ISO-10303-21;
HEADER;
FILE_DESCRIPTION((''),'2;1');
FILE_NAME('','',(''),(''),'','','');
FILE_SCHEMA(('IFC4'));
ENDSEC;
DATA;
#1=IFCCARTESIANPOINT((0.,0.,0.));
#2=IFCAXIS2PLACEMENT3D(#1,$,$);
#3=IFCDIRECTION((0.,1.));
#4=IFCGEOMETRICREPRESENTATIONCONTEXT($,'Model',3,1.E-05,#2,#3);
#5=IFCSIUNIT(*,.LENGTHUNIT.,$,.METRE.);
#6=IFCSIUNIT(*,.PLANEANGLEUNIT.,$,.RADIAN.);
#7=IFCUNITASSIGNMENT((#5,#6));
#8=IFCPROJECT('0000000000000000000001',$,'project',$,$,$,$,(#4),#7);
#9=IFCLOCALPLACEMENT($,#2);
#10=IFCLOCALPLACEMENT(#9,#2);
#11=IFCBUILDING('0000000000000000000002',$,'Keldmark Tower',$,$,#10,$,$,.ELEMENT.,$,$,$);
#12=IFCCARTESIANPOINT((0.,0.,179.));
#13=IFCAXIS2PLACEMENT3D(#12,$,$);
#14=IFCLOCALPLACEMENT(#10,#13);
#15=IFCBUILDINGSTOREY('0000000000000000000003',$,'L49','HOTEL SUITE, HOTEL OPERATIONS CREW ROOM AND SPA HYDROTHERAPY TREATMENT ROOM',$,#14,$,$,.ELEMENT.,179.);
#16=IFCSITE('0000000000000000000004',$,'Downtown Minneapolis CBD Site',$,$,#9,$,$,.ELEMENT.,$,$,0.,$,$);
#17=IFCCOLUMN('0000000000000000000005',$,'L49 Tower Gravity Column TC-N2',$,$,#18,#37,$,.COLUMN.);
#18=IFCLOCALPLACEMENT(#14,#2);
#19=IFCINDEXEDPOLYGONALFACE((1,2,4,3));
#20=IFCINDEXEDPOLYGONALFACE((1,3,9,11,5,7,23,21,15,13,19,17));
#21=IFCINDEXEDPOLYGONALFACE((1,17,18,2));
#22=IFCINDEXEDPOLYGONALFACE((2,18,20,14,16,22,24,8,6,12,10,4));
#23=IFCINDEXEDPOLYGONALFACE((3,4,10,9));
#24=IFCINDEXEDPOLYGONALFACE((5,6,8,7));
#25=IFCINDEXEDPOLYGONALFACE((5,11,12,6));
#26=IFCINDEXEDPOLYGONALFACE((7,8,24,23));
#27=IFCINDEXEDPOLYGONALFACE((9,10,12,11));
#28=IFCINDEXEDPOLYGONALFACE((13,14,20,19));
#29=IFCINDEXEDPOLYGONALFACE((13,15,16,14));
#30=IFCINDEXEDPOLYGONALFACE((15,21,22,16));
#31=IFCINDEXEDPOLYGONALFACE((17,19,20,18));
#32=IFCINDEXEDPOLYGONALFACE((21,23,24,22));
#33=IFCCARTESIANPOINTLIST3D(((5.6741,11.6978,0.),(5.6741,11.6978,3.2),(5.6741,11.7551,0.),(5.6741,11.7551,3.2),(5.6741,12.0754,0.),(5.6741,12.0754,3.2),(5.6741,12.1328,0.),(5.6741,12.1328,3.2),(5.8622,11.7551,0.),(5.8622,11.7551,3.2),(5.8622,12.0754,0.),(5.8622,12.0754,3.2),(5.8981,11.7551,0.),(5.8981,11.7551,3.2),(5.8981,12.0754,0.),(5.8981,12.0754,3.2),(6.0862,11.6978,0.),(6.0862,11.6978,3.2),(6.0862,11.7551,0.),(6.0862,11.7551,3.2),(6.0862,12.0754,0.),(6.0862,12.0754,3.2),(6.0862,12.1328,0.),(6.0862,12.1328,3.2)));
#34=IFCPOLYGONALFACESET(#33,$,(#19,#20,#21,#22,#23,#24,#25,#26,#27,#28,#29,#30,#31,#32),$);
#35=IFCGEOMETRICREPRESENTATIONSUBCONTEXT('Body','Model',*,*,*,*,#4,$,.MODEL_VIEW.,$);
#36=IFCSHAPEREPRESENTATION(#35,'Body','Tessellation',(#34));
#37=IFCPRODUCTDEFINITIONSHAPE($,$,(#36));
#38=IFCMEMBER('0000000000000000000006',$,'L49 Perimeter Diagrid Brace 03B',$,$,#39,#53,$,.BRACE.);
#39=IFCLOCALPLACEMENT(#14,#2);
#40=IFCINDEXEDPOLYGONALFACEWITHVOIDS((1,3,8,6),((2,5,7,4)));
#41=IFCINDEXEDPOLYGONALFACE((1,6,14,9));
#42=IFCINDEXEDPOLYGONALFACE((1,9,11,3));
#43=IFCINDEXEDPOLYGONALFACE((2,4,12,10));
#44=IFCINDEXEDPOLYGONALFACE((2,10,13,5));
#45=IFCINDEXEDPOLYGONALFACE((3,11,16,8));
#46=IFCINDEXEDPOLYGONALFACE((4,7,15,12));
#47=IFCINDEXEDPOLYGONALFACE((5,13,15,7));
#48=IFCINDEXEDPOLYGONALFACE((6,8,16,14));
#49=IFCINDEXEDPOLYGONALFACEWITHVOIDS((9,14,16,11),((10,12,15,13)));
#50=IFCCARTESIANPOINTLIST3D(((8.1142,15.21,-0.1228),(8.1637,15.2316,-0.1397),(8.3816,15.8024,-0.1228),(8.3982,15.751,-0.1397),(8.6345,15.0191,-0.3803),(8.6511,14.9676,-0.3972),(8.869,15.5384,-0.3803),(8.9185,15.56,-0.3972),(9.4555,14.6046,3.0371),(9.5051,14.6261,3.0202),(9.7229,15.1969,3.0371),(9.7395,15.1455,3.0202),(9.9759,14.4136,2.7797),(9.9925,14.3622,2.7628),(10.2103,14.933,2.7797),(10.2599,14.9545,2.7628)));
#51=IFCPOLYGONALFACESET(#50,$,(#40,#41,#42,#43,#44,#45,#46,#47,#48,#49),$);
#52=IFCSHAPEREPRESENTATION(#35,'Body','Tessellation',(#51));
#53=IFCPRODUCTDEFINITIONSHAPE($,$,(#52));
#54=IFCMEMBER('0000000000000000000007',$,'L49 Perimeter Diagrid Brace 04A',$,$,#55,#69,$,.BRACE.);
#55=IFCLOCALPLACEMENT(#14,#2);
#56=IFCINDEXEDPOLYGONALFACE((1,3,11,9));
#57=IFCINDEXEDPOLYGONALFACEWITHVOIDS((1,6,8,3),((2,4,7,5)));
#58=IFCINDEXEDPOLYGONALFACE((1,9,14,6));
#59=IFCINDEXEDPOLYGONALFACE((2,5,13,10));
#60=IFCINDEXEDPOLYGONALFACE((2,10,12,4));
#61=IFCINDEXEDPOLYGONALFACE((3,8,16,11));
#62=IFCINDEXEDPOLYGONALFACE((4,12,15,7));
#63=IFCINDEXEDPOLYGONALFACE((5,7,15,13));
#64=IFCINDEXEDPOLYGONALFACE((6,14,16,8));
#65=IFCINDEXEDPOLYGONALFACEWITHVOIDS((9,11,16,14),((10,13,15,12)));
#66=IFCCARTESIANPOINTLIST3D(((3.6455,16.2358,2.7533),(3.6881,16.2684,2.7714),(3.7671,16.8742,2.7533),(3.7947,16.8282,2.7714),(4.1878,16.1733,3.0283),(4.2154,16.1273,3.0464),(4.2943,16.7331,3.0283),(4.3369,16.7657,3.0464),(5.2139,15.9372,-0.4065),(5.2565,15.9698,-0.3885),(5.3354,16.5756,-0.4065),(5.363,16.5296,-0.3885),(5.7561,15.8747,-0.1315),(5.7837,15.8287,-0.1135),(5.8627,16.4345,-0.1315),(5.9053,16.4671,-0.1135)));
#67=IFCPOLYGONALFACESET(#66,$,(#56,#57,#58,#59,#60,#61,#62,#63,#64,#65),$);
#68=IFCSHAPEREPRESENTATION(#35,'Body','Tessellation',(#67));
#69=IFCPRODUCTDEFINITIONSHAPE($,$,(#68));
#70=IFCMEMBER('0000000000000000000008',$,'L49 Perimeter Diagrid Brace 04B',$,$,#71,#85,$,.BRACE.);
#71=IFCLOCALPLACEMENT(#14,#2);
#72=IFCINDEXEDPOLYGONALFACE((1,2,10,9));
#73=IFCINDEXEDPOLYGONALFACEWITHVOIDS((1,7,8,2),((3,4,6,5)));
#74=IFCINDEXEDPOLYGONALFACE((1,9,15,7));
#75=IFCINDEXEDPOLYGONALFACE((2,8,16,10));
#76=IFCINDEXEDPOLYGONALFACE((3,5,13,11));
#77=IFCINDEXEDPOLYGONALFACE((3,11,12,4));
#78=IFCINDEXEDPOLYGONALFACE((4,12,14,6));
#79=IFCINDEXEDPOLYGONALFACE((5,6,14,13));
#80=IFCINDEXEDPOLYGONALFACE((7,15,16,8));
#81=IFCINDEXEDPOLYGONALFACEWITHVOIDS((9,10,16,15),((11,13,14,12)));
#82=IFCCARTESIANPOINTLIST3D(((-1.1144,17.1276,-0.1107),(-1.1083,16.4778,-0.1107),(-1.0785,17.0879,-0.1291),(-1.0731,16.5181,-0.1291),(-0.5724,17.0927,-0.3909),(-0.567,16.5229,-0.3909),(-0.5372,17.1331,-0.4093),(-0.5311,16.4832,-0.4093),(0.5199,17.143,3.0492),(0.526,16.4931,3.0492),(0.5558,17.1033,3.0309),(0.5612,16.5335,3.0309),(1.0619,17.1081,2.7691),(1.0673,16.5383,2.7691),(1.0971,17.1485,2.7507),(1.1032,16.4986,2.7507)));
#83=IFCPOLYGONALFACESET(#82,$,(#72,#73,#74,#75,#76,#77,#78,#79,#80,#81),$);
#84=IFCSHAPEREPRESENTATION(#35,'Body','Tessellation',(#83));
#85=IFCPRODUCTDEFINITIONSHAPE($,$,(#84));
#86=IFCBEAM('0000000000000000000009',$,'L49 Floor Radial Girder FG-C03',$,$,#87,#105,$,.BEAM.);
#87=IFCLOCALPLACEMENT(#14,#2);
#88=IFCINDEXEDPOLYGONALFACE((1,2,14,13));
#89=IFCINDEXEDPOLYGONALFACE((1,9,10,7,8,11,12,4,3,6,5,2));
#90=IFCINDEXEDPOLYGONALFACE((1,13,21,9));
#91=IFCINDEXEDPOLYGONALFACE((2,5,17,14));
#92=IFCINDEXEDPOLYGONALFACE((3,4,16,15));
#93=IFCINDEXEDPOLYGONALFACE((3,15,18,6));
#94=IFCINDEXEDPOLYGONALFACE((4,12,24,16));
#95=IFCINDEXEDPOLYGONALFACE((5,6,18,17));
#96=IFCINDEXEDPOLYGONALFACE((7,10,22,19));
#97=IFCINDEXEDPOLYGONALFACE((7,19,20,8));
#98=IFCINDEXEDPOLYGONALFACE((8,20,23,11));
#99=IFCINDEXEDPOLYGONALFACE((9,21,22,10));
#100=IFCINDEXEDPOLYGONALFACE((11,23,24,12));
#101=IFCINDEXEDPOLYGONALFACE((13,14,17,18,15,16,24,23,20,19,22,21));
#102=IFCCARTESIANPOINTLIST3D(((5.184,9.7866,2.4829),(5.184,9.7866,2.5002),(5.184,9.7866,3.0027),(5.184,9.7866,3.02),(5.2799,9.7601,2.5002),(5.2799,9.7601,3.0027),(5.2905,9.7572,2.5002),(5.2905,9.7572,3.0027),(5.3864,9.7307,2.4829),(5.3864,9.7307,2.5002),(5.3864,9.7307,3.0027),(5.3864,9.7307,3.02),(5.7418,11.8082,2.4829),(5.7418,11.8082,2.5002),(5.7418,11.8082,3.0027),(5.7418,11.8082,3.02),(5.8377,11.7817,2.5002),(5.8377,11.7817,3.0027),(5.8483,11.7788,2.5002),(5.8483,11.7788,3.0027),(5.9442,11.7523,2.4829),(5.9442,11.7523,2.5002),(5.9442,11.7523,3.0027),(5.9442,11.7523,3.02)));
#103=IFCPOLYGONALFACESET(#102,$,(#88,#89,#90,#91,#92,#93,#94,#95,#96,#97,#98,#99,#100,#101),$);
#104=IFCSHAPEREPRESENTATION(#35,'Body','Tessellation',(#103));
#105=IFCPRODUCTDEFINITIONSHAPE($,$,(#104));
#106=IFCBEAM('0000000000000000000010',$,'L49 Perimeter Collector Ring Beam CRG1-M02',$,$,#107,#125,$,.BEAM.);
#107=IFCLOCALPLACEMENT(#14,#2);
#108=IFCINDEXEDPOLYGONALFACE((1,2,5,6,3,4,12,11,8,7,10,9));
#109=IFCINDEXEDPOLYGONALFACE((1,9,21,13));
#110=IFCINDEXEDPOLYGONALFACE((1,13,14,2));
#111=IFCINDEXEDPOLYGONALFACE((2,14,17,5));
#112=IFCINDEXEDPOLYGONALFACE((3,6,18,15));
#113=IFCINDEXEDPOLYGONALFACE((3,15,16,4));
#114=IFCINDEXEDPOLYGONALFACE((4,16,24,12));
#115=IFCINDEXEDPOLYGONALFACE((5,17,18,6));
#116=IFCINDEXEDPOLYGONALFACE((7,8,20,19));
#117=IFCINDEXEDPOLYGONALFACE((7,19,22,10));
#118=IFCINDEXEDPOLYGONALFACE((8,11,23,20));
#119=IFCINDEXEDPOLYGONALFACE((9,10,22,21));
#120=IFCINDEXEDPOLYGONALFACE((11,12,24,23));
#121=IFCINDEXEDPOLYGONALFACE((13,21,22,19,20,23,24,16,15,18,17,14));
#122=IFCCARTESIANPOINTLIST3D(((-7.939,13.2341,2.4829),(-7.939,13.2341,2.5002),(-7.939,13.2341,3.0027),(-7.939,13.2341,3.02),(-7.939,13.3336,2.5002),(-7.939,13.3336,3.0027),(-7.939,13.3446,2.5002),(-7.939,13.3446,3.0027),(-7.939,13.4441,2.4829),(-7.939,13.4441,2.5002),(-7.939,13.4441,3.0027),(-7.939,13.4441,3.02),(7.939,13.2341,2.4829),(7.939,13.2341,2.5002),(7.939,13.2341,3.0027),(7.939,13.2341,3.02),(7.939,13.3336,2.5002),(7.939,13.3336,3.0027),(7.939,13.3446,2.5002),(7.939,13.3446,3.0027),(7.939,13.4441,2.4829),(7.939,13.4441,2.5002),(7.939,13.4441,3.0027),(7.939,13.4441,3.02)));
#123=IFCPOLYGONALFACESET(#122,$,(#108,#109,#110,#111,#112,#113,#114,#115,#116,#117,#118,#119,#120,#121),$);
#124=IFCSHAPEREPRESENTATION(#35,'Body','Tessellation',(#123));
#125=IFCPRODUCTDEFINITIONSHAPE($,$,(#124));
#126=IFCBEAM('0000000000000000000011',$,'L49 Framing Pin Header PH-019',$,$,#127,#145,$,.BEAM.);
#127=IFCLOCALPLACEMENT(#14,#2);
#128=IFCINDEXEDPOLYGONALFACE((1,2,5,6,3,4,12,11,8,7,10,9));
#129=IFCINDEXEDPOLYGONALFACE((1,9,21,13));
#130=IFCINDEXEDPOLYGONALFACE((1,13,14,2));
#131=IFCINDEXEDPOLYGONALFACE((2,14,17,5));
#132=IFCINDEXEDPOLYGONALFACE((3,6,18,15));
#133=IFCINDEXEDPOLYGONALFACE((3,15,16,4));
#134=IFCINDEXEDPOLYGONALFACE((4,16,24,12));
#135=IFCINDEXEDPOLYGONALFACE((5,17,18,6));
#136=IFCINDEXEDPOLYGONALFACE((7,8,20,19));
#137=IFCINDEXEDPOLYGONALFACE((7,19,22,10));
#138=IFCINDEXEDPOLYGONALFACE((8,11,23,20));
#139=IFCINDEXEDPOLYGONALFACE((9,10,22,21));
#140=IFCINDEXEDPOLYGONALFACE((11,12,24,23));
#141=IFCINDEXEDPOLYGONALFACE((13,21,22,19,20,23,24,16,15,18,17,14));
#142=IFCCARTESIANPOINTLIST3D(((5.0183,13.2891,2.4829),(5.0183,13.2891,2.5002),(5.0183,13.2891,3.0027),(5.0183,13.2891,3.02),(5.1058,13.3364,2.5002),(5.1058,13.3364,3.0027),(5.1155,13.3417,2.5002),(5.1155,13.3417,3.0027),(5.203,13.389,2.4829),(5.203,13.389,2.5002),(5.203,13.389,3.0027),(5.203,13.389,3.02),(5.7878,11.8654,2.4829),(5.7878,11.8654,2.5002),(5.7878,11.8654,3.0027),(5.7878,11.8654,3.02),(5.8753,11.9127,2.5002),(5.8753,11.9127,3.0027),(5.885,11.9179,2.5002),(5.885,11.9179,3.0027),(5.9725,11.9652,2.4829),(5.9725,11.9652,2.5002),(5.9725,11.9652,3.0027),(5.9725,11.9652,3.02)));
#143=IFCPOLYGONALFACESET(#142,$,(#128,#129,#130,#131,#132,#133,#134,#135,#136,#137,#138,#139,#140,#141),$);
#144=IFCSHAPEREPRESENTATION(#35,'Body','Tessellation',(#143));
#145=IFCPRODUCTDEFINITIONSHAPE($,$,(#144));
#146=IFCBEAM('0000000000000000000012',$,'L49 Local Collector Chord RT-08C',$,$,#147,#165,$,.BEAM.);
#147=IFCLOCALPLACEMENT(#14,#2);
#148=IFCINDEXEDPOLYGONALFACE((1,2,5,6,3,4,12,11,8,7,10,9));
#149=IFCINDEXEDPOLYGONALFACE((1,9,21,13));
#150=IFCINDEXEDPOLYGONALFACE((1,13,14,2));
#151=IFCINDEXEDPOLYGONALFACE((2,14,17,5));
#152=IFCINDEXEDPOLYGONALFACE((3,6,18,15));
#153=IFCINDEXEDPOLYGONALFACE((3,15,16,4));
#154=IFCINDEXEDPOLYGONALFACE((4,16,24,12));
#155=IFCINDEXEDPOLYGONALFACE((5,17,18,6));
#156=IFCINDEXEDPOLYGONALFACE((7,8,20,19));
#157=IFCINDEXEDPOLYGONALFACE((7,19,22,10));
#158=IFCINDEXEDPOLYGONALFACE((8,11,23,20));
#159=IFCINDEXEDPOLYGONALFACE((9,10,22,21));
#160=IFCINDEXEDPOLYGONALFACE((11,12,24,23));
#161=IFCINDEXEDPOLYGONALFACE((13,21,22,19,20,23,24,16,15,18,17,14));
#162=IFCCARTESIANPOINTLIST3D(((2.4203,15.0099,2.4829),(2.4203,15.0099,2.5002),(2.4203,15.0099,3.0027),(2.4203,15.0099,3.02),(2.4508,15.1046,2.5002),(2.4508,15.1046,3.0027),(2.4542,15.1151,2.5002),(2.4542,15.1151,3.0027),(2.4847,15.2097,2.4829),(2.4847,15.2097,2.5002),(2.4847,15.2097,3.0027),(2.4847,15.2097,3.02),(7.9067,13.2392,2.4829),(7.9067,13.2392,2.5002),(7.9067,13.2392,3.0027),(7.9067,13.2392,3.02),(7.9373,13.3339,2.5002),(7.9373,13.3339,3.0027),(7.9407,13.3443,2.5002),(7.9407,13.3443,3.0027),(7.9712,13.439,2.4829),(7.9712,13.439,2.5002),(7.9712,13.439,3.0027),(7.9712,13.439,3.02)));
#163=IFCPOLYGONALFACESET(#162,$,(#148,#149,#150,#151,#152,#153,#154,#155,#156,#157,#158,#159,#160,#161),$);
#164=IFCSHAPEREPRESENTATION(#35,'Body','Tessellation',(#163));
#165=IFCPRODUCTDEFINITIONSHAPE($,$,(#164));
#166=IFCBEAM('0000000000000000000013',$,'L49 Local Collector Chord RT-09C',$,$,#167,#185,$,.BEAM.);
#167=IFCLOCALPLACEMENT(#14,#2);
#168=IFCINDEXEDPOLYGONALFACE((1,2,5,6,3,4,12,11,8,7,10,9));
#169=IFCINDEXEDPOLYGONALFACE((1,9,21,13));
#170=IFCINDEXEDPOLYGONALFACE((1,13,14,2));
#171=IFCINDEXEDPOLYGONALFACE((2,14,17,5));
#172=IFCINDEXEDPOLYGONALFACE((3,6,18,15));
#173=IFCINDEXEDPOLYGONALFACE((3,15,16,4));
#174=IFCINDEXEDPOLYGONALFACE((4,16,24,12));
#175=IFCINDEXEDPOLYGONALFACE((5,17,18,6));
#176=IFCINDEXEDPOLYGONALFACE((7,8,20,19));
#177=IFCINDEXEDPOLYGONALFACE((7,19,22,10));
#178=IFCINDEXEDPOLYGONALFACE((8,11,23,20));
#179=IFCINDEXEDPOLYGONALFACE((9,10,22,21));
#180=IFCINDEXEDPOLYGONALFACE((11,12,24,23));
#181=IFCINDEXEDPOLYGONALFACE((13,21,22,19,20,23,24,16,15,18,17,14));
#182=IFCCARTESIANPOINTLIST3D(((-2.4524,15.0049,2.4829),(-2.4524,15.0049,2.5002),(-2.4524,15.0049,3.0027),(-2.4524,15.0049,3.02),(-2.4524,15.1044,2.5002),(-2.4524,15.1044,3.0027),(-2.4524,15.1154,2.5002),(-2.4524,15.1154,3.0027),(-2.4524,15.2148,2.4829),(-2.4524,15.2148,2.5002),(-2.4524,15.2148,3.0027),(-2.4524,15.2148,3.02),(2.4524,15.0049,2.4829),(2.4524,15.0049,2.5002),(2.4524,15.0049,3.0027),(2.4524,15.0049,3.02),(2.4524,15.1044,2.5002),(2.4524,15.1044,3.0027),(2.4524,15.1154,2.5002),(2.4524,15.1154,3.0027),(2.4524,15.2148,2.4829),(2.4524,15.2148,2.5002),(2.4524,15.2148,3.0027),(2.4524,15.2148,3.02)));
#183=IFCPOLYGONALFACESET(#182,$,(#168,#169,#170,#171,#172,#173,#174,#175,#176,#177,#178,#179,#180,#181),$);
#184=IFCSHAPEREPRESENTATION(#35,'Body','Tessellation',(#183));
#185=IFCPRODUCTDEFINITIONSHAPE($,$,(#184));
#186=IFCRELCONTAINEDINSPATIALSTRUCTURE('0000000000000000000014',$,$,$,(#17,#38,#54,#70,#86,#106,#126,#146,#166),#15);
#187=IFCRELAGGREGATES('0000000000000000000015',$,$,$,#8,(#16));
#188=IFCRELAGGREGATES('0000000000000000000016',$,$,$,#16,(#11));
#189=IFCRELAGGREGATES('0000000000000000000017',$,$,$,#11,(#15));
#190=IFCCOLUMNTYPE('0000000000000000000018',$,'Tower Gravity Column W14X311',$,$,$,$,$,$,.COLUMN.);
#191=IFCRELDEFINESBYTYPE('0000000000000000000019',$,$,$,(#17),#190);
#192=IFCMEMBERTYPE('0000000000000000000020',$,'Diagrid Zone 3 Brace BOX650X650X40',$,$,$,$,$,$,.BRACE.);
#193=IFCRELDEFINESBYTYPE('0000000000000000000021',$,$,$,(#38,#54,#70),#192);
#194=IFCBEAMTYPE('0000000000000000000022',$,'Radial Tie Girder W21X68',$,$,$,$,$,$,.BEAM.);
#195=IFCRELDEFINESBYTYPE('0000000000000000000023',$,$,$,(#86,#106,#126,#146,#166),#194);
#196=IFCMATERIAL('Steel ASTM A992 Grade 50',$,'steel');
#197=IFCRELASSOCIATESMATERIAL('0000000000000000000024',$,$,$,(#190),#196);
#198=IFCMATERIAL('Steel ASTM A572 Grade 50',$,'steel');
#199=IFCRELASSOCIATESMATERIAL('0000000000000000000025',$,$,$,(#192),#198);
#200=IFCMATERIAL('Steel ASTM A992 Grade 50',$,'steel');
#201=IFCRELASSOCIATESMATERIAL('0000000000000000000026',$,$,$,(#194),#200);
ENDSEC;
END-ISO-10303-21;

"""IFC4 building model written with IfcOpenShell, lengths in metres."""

from ifc_helpers import new_model, si_unit, direction, frame, origin, origin_2d, place, context, subcontext, project, spatial, hollow_rectangle, i_section, extrude, material, material_profile, profile_set, type_object, element, save


model = new_model("IFC4")

# Units and contexts
model_context = context("Model", 3, precision=1e-05, world=origin(), true_north=direction((0.0, 1.0)))
body_context = subcontext(model_context, "Body", "Model", "MODEL_VIEW")
ifc_project = project(units=[si_unit("LENGTHUNIT", "METRE"), si_unit("PLANEANGLEUNIT", "RADIAN")], contexts=[model_context])

# Site, building, storey
site_placement = place(None, origin())
site = spatial("IfcSite", under=ifc_project, at=site_placement, Name="Downtown Minneapolis CBD Site", CompositionType="ELEMENT", RefElevation=0.0)
building_placement = place(site_placement, origin())
building = spatial("IfcBuilding", under=site, at=building_placement, Name="Keldmark Tower", CompositionType="ELEMENT")
storey_placement = place(building_placement, frame((0.0, 0.0, 179.0)))
storey = spatial("IfcBuildingStorey", under=building, at=storey_placement, Name="L49", Description="HOTEL SUITE, HOTEL OPERATIONS CREW ROOM AND SPA HYDROTHERAPY TREATMENT ROOM", CompositionType="ELEMENT", Elevation=179.0)

# Column
ifc_material_1 = material(Name="Steel ASTM A992 Grade 50", Category="steel")
ifc_material_profile_1 = material_profile(ifc_material_1, i_section(OverallWidth=0.4121, OverallDepth=0.4351, WebThickness=0.0359, FlangeThickness=0.0574, at=origin_2d()), Name="W14X311")
ifc_profile_set_1 = profile_set([ifc_material_profile_1], Name="Steel ASTM A992 Grade 50")
column_type = type_object("IfcColumnType", Name="Tower Gravity Column W14X311", PredefinedType="COLUMN", material=ifc_profile_set_1)
column_placement = place(storey_placement, frame((5.8801, 11.9153, 0.0), z_axis=(0.0, 0.0, 1.0), x_axis=(1.0, 0.0, 0.0)))
element("IfcColumn", 1, at=column_placement, inside=storey, type_object=column_type, Name="L49 Tower Gravity Column TC-N2", PredefinedType="COLUMN", context=body_context, shape_type="SweptSolid", body=[
    extrude(i_section(OverallWidth=0.4121, OverallDepth=0.4351, WebThickness=0.0359, FlangeThickness=0.0574, at=origin_2d()), origin(), (0.0, 0.0, 1.0), 3.2),
])

# Members
ifc_material_2 = material(Name="Steel ASTM A572 Grade 50", Category="steel")
ifc_material_profile_2 = material_profile(ifc_material_2, hollow_rectangle(XDim=0.6499, YDim=0.6499, WallThickness=0.04, at=origin_2d()), Name="BOX650X650X40")
ifc_profile_set_2 = profile_set([ifc_material_profile_2], Name="Steel ASTM A572 Grade 50")
member_type = type_object("IfcMemberType", Name="Diagrid Zone 3 Brace BOX650X650X40", PredefinedType="BRACE", material=ifc_profile_set_2)
member_1_placement = place(storey_placement, frame((8.5164, 15.385, -0.26), z_axis=(0.384793, -0.173696, 0.906512), x_axis=(0.411427, 0.911443, 0.0)))
element("IfcMember", 2, at=member_1_placement, inside=storey, type_object=member_type, Name="L49 Perimeter Diagrid Brace 03B", PredefinedType="BRACE", context=body_context, shape_type="SweptSolid", body=[
    extrude(hollow_rectangle(XDim=0.6499, YDim=0.6499, WallThickness=0.04, at=origin_2d()), origin(), (0.0, 0.0, 1.0), 3.4858),
])
member_2_placement = place(storey_placement, frame((5.5596, 16.2021, -0.26), z_axis=(-0.442998, 0.084338, 0.892547), x_axis=(-0.187021, -0.982356, 0.0)))
element("IfcMember", 3, at=member_2_placement, inside=storey, type_object=member_type, Name="L49 Perimeter Diagrid Brace 04A", PredefinedType="BRACE", context=body_context, shape_type="SweptSolid", body=[
    extrude(hollow_rectangle(XDim=0.6499, YDim=0.6499, WallThickness=0.04, at=origin_2d()), origin(), (0.0, 0.0, 1.0), 3.5403),
])
member_3_placement = place(storey_placement, frame((-0.8228, 16.8054, -0.26), z_axis=(0.459383, 0.004323, 0.888228), x_axis=(-0.009411, 0.999956, 0.0)))
element("IfcMember", 4, at=member_3_placement, inside=storey, type_object=member_type, Name="L49 Perimeter Diagrid Brace 04B", PredefinedType="BRACE", context=body_context, shape_type="SweptSolid", body=[
    extrude(hollow_rectangle(XDim=0.6499, YDim=0.6499, WallThickness=0.04, at=origin_2d()), origin(), (0.0, 0.0, 1.0), 3.5576),
])

# Beams
ifc_material_3 = material(Name="Steel ASTM A992 Grade 50", Category="steel")
ifc_material_profile_3 = material_profile(ifc_material_3, i_section(OverallWidth=0.21, OverallDepth=0.5371, WebThickness=0.011, FlangeThickness=0.0173, at=origin_2d()), Name="W21X68")
ifc_profile_set_3 = profile_set([ifc_material_profile_3], Name="Steel ASTM A992 Grade 50")
beam_type_1 = type_object("IfcBeamType", Name="Radial Tie Girder W21X68", PredefinedType="BEAM", material=ifc_profile_set_3)
beam_1_placement = place(storey_placement, frame((5.843, 11.7803, 2.7515), z_axis=(-0.265992, -0.963975, 0.0), x_axis=(0.963975, -0.265992, 0.0)))
element("IfcBeam", 5, at=beam_1_placement, inside=storey, type_object=beam_type_1, Name="L49 Floor Radial Girder FG-C03", PredefinedType="BEAM", context=body_context, shape_type="SweptSolid", body=[
    extrude(i_section(OverallWidth=0.21, OverallDepth=0.5371, WebThickness=0.011, FlangeThickness=0.0173, at=origin_2d()), origin(), (0.0, 0.0, 1.0), 2.0972),
])
beam_2_placement = place(storey_placement, frame((7.939, 13.3391, 2.7515), z_axis=(-1.0, 0.0, 0.0), x_axis=(0.0, -1.0, 0.0)))
element("IfcBeam", 6, at=beam_2_placement, inside=storey, type_object=beam_type_1, Name="L49 Perimeter Collector Ring Beam CRG1-M02", PredefinedType="BEAM", context=body_context, shape_type="SweptSolid", body=[
    extrude(i_section(OverallWidth=0.21, OverallDepth=0.5371, WebThickness=0.011, FlangeThickness=0.0173, at=origin_2d()), origin(), (0.0, 0.0, 1.0), 15.8779),
])
beam_3_placement = place(storey_placement, frame((5.8801, 11.9153, 2.7515), z_axis=(-0.475467, 0.879734, 0.0), x_axis=(-0.879734, -0.475467, 0.0)))
element("IfcBeam", 7, at=beam_3_placement, inside=storey, type_object=beam_type_1, Name="L49 Framing Pin Header PH-019", PredefinedType="BEAM", context=body_context, shape_type="SweptSolid", body=[
    extrude(i_section(OverallWidth=0.21, OverallDepth=0.5371, WebThickness=0.011, FlangeThickness=0.0173, at=origin_2d()), origin(), (0.0, 0.0, 1.0), 1.6184),
])
beam_4_placement = place(storey_placement, frame((7.939, 13.3391, 2.7515), z_axis=(-0.951664, 0.307143, 0.0), x_axis=(-0.307143, -0.951664, 0.0)))
element("IfcBeam", 8, at=beam_4_placement, inside=storey, type_object=beam_type_1, Name="L49 Local Collector Chord RT-08C", PredefinedType="BEAM", context=body_context, shape_type="SweptSolid", body=[
    extrude(i_section(OverallWidth=0.21, OverallDepth=0.5371, WebThickness=0.011, FlangeThickness=0.0173, at=origin_2d()), origin(), (0.0, 0.0, 1.0), 5.7651),
])
beam_5_placement = place(storey_placement, frame((2.4524, 15.1099, 2.7515), z_axis=(-1.0, 0.0, 0.0), x_axis=(0.0, -1.0, 0.0)))
element("IfcBeam", 9, at=beam_5_placement, inside=storey, type_object=beam_type_1, Name="L49 Local Collector Chord RT-09C", PredefinedType="BEAM", context=body_context, shape_type="SweptSolid", body=[
    extrude(i_section(OverallWidth=0.21, OverallDepth=0.5371, WebThickness=0.011, FlangeThickness=0.0173, at=origin_2d()), origin(), (0.0, 0.0, 1.0), 4.9048),
])

save(model, "model.ifc")
